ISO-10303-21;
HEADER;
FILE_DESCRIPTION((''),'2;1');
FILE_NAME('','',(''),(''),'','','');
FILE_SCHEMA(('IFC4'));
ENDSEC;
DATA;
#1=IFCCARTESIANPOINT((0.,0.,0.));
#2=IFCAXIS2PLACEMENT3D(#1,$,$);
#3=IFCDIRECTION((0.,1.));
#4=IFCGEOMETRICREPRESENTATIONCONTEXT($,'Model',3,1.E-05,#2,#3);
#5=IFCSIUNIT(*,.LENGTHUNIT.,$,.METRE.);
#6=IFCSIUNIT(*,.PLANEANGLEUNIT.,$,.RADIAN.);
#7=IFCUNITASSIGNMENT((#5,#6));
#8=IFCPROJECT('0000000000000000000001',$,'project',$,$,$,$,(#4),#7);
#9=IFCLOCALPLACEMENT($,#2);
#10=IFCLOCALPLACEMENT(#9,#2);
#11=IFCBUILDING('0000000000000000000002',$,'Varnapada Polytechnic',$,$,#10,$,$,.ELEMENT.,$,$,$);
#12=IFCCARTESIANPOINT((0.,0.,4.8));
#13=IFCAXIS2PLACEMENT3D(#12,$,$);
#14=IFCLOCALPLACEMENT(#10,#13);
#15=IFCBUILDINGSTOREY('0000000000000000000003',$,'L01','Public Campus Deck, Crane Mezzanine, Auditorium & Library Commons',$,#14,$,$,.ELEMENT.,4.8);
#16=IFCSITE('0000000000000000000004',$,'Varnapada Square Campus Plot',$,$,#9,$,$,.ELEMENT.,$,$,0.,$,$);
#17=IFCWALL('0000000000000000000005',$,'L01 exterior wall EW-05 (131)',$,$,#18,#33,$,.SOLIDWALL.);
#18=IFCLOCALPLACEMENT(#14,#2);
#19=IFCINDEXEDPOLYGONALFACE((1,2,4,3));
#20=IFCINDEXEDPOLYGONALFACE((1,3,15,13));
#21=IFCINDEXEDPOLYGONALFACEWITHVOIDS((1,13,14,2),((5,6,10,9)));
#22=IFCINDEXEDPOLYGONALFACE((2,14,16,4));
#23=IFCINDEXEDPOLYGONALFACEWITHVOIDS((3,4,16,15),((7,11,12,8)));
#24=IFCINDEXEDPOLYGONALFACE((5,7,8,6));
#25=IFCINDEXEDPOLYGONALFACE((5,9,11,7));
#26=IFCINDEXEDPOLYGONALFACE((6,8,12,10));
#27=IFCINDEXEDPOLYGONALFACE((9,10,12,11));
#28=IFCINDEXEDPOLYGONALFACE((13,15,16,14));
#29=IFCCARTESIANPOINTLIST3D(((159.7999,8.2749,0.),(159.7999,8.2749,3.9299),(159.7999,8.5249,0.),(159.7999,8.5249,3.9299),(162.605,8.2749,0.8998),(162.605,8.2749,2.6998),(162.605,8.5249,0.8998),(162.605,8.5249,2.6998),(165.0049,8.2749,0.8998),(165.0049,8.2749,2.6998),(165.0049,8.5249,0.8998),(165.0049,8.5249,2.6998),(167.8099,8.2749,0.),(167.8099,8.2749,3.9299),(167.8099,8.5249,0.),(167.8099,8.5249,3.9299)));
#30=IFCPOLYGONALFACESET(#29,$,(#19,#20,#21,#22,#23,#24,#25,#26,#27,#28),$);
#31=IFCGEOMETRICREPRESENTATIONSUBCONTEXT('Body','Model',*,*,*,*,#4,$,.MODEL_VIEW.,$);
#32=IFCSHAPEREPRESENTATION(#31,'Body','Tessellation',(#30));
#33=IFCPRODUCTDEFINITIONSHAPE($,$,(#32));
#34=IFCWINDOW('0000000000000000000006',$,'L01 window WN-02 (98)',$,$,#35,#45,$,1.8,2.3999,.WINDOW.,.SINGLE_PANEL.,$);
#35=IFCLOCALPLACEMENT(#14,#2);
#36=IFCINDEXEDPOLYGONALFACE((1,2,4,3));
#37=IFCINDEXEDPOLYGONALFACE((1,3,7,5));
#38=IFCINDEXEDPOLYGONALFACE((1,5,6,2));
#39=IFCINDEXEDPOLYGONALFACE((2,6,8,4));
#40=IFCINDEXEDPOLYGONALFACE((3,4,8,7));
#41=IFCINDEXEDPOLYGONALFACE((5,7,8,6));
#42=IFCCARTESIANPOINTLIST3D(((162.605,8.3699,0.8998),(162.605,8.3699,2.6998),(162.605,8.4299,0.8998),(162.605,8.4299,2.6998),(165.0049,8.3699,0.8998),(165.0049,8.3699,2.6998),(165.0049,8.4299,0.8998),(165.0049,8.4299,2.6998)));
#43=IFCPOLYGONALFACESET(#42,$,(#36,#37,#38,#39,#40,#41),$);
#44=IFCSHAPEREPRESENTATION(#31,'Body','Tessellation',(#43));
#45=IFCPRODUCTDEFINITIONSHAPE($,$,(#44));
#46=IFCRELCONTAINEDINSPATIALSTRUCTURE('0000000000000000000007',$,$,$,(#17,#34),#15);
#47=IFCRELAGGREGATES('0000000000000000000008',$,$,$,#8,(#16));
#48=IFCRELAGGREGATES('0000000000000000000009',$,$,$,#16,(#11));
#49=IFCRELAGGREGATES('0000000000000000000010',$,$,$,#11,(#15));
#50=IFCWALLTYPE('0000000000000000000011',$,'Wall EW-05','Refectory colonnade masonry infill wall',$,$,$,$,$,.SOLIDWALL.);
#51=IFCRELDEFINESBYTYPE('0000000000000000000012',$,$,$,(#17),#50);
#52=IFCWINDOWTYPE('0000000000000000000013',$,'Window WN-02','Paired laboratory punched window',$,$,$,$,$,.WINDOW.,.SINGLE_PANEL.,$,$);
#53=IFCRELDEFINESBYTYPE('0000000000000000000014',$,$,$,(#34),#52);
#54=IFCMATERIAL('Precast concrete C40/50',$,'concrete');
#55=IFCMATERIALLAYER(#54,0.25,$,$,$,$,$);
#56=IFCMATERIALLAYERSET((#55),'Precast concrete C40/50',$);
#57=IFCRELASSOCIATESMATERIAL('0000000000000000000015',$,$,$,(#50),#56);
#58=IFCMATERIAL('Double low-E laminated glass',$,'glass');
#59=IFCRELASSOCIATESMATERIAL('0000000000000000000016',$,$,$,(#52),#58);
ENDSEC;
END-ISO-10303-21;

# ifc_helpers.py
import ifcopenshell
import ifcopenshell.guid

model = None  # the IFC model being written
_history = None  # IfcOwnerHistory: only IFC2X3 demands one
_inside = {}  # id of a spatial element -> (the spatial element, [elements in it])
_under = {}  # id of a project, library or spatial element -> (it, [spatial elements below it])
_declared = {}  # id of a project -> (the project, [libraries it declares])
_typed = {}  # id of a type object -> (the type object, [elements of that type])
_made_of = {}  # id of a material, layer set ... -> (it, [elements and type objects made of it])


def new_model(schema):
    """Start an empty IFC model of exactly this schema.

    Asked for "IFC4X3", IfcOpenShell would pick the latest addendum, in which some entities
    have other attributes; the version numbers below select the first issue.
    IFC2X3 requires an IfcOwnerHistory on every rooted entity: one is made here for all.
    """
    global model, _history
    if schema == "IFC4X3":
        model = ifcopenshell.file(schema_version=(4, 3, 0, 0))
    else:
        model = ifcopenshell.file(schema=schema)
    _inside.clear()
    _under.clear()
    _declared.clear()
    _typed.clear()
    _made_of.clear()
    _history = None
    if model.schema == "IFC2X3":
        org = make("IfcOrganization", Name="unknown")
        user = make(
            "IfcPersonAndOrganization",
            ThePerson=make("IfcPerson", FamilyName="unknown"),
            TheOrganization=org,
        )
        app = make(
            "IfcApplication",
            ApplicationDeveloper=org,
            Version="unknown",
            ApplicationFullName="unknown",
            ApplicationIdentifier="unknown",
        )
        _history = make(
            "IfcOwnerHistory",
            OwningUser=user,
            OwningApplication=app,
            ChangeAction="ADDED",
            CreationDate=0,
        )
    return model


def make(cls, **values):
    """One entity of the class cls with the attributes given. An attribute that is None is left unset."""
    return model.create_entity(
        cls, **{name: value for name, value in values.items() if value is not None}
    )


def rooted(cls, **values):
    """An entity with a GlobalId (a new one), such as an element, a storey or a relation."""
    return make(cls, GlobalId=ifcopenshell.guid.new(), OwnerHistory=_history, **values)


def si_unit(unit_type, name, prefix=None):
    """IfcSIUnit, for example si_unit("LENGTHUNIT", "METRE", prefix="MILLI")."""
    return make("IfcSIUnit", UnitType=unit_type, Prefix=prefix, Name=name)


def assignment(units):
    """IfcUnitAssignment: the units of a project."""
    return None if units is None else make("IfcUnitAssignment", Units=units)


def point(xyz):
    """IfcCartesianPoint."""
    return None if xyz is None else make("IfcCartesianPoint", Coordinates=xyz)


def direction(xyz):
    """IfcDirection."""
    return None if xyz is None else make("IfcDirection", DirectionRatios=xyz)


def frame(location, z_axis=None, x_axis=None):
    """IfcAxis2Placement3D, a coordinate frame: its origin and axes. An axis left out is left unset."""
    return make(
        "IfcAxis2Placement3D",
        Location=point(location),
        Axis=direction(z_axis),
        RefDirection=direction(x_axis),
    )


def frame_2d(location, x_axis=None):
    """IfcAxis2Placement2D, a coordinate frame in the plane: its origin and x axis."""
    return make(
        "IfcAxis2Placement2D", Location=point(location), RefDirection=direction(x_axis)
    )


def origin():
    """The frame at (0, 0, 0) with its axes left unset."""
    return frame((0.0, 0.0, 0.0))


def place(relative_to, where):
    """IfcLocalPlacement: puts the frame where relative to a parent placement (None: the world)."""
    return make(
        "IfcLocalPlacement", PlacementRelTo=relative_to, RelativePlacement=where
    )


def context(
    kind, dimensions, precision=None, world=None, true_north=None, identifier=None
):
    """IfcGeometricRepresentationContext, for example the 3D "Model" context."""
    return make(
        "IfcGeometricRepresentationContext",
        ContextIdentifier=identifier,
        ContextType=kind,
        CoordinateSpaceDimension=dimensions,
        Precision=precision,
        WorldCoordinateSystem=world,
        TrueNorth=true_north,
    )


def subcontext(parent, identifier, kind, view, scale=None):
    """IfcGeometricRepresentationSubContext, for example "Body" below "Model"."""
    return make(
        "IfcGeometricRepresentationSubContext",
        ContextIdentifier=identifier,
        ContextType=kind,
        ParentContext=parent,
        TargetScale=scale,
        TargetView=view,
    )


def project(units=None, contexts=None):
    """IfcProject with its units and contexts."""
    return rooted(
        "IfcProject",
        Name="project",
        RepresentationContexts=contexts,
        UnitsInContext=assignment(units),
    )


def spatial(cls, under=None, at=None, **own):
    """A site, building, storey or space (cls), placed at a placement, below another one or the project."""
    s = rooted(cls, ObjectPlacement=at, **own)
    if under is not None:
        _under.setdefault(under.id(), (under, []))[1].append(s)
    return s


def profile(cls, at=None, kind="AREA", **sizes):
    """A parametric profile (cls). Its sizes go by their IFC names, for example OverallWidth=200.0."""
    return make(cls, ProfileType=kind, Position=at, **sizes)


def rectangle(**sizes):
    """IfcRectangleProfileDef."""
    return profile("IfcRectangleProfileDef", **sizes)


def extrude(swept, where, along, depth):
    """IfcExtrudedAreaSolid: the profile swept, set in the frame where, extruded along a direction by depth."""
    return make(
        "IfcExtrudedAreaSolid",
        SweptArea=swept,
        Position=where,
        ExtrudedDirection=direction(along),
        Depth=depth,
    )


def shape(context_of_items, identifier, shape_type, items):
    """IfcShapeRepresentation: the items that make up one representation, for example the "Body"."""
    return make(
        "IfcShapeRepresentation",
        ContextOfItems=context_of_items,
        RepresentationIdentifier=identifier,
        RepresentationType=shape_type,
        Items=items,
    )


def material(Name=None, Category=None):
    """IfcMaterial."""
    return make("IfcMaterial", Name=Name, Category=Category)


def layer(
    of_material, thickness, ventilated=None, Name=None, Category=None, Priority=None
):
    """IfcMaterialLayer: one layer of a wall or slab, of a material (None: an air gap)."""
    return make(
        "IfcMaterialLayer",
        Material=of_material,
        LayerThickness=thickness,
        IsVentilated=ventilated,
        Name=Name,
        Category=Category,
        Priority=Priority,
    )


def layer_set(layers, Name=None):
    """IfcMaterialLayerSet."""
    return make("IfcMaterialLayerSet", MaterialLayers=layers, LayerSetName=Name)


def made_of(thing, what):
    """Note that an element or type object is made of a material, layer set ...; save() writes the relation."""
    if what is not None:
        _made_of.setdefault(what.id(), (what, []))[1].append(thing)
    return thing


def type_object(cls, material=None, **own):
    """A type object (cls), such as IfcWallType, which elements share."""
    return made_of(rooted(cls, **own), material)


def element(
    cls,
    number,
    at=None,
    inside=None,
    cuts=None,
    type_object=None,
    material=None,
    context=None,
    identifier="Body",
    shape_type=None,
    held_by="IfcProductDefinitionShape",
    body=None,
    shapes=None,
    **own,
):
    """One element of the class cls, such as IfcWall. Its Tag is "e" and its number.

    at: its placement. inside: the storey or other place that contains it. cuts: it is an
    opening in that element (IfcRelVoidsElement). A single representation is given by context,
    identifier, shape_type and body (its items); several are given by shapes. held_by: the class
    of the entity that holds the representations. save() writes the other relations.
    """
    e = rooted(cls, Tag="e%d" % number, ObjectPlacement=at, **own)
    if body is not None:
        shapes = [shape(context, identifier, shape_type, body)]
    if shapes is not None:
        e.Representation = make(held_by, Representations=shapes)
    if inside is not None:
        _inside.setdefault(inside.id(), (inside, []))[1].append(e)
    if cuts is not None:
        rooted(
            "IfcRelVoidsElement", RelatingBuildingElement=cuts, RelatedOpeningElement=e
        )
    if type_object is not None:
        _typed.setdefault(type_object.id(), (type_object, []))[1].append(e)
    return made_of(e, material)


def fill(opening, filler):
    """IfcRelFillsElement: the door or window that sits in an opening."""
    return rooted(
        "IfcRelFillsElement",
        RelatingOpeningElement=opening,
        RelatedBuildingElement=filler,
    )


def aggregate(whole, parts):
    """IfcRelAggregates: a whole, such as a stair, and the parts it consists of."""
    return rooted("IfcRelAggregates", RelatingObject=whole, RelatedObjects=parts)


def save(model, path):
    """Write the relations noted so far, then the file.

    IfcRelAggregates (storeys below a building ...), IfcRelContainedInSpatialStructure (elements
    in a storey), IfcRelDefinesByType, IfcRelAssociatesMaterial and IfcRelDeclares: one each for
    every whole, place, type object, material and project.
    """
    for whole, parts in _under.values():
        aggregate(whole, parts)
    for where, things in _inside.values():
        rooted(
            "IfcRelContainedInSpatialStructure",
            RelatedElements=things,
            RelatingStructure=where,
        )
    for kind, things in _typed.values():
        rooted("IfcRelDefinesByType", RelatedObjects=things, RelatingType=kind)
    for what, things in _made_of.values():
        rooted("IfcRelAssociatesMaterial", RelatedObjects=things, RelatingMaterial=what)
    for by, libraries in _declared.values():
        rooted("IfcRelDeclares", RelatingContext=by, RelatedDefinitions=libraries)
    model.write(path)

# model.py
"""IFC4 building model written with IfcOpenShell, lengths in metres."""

from ifc_helpers import new_model, si_unit, direction, frame, frame_2d, origin, place, context, subcontext, project, spatial, rectangle, extrude, material, layer, layer_set, type_object, element, fill, save


model = new_model("IFC4")

# Units and contexts
model_context = context("Model", 3, precision=1e-05, world=origin(), true_north=direction((0.0, 1.0)))
body_context = subcontext(model_context, "Body", "Model", "MODEL_VIEW")
ifc_project = project(units=[si_unit("LENGTHUNIT", "METRE"), si_unit("PLANEANGLEUNIT", "RADIAN")], contexts=[model_context])

# Site, building, storey
site_placement = place(None, origin())
site = spatial("IfcSite", under=ifc_project, at=site_placement, Name="Varnapada Square Campus Plot", CompositionType="ELEMENT", RefElevation=0.0)
building_placement = place(site_placement, origin())
building = spatial("IfcBuilding", under=site, at=building_placement, Name="Varnapada Polytechnic", CompositionType="ELEMENT")
storey_placement = place(building_placement, frame((0.0, 0.0, 4.8)))
storey = spatial("IfcBuildingStorey", under=building, at=storey_placement, Name="L01", Description="Public Campus Deck, Crane Mezzanine, Auditorium & Library Commons", CompositionType="ELEMENT", Elevation=4.8)

# Wall, opening, window
ifc_material_1 = material(Name="Precast concrete C40/50", Category="concrete")
ifc_layer_1 = layer(ifc_material_1, 0.25)
ifc_layer_set_1 = layer_set([ifc_layer_1], Name="Precast concrete C40/50")
wall_type = type_object("IfcWallType", Name="Wall EW-05", Description="Refectory colonnade masonry infill wall", PredefinedType="SOLIDWALL", material=ifc_layer_set_1)
wall_placement = place(storey_placement, frame((159.8, 8.3999, 0.0), z_axis=(0.0, 0.0, 1.0), x_axis=(1.0, 0.0, 0.0)))
wall = element("IfcWall", 1, at=wall_placement, inside=storey, type_object=wall_type, Name="L01 exterior wall EW-05 (131)", PredefinedType="SOLIDWALL", context=body_context, shape_type="SweptSolid", body=[
    extrude(rectangle(XDim=8.01, YDim=0.25, at=frame_2d((4.0049, 0.0))), origin(), (0.0, 0.0, 1.0), 3.9299),
])
opening_1_placement = place(wall_placement, frame((2.8049, 0.0, 0.8999)))
opening_1 = element("IfcOpeningElement", 2, at=opening_1_placement, cuts=wall, PredefinedType="OPENING", context=body_context, shape_type="SweptSolid", body=[
    extrude(rectangle(XDim=2.3999, YDim=1.8, at=frame_2d((1.2, 0.8999))), frame((0.0, 0.135, 0.0), z_axis=(0.0, -1.0, 0.0), x_axis=(1.0, 0.0, 0.0)), (0.0, 0.0, 1.0), 0.27),
])
ifc_material_2 = material(Name="Double low-E laminated glass", Category="glass")
window_type = type_object("IfcWindowType", Name="Window WN-02", Description="Paired laboratory punched window", PartitioningType="SINGLE_PANEL", PredefinedType="WINDOW", material=ifc_material_2)
window_placement = place(opening_1_placement, origin())
window = element("IfcWindow", 3, at=window_placement, inside=storey, type_object=window_type, Name="L01 window WN-02 (98)", OverallHeight=1.8, OverallWidth=2.3999, PartitioningType="SINGLE_PANEL", PredefinedType="WINDOW", context=body_context, shape_type="SweptSolid", body=[
    extrude(rectangle(XDim=2.3999, YDim=1.8, at=frame_2d((1.2, 0.8999))), frame((0.0, 0.03, 0.0), z_axis=(0.0, -1.0, 0.0), x_axis=(1.0, 0.0, 0.0)), (0.0, 0.0, 1.0), 0.0601),
])
fill(opening_1, window)

save(model, "model.ifc")
